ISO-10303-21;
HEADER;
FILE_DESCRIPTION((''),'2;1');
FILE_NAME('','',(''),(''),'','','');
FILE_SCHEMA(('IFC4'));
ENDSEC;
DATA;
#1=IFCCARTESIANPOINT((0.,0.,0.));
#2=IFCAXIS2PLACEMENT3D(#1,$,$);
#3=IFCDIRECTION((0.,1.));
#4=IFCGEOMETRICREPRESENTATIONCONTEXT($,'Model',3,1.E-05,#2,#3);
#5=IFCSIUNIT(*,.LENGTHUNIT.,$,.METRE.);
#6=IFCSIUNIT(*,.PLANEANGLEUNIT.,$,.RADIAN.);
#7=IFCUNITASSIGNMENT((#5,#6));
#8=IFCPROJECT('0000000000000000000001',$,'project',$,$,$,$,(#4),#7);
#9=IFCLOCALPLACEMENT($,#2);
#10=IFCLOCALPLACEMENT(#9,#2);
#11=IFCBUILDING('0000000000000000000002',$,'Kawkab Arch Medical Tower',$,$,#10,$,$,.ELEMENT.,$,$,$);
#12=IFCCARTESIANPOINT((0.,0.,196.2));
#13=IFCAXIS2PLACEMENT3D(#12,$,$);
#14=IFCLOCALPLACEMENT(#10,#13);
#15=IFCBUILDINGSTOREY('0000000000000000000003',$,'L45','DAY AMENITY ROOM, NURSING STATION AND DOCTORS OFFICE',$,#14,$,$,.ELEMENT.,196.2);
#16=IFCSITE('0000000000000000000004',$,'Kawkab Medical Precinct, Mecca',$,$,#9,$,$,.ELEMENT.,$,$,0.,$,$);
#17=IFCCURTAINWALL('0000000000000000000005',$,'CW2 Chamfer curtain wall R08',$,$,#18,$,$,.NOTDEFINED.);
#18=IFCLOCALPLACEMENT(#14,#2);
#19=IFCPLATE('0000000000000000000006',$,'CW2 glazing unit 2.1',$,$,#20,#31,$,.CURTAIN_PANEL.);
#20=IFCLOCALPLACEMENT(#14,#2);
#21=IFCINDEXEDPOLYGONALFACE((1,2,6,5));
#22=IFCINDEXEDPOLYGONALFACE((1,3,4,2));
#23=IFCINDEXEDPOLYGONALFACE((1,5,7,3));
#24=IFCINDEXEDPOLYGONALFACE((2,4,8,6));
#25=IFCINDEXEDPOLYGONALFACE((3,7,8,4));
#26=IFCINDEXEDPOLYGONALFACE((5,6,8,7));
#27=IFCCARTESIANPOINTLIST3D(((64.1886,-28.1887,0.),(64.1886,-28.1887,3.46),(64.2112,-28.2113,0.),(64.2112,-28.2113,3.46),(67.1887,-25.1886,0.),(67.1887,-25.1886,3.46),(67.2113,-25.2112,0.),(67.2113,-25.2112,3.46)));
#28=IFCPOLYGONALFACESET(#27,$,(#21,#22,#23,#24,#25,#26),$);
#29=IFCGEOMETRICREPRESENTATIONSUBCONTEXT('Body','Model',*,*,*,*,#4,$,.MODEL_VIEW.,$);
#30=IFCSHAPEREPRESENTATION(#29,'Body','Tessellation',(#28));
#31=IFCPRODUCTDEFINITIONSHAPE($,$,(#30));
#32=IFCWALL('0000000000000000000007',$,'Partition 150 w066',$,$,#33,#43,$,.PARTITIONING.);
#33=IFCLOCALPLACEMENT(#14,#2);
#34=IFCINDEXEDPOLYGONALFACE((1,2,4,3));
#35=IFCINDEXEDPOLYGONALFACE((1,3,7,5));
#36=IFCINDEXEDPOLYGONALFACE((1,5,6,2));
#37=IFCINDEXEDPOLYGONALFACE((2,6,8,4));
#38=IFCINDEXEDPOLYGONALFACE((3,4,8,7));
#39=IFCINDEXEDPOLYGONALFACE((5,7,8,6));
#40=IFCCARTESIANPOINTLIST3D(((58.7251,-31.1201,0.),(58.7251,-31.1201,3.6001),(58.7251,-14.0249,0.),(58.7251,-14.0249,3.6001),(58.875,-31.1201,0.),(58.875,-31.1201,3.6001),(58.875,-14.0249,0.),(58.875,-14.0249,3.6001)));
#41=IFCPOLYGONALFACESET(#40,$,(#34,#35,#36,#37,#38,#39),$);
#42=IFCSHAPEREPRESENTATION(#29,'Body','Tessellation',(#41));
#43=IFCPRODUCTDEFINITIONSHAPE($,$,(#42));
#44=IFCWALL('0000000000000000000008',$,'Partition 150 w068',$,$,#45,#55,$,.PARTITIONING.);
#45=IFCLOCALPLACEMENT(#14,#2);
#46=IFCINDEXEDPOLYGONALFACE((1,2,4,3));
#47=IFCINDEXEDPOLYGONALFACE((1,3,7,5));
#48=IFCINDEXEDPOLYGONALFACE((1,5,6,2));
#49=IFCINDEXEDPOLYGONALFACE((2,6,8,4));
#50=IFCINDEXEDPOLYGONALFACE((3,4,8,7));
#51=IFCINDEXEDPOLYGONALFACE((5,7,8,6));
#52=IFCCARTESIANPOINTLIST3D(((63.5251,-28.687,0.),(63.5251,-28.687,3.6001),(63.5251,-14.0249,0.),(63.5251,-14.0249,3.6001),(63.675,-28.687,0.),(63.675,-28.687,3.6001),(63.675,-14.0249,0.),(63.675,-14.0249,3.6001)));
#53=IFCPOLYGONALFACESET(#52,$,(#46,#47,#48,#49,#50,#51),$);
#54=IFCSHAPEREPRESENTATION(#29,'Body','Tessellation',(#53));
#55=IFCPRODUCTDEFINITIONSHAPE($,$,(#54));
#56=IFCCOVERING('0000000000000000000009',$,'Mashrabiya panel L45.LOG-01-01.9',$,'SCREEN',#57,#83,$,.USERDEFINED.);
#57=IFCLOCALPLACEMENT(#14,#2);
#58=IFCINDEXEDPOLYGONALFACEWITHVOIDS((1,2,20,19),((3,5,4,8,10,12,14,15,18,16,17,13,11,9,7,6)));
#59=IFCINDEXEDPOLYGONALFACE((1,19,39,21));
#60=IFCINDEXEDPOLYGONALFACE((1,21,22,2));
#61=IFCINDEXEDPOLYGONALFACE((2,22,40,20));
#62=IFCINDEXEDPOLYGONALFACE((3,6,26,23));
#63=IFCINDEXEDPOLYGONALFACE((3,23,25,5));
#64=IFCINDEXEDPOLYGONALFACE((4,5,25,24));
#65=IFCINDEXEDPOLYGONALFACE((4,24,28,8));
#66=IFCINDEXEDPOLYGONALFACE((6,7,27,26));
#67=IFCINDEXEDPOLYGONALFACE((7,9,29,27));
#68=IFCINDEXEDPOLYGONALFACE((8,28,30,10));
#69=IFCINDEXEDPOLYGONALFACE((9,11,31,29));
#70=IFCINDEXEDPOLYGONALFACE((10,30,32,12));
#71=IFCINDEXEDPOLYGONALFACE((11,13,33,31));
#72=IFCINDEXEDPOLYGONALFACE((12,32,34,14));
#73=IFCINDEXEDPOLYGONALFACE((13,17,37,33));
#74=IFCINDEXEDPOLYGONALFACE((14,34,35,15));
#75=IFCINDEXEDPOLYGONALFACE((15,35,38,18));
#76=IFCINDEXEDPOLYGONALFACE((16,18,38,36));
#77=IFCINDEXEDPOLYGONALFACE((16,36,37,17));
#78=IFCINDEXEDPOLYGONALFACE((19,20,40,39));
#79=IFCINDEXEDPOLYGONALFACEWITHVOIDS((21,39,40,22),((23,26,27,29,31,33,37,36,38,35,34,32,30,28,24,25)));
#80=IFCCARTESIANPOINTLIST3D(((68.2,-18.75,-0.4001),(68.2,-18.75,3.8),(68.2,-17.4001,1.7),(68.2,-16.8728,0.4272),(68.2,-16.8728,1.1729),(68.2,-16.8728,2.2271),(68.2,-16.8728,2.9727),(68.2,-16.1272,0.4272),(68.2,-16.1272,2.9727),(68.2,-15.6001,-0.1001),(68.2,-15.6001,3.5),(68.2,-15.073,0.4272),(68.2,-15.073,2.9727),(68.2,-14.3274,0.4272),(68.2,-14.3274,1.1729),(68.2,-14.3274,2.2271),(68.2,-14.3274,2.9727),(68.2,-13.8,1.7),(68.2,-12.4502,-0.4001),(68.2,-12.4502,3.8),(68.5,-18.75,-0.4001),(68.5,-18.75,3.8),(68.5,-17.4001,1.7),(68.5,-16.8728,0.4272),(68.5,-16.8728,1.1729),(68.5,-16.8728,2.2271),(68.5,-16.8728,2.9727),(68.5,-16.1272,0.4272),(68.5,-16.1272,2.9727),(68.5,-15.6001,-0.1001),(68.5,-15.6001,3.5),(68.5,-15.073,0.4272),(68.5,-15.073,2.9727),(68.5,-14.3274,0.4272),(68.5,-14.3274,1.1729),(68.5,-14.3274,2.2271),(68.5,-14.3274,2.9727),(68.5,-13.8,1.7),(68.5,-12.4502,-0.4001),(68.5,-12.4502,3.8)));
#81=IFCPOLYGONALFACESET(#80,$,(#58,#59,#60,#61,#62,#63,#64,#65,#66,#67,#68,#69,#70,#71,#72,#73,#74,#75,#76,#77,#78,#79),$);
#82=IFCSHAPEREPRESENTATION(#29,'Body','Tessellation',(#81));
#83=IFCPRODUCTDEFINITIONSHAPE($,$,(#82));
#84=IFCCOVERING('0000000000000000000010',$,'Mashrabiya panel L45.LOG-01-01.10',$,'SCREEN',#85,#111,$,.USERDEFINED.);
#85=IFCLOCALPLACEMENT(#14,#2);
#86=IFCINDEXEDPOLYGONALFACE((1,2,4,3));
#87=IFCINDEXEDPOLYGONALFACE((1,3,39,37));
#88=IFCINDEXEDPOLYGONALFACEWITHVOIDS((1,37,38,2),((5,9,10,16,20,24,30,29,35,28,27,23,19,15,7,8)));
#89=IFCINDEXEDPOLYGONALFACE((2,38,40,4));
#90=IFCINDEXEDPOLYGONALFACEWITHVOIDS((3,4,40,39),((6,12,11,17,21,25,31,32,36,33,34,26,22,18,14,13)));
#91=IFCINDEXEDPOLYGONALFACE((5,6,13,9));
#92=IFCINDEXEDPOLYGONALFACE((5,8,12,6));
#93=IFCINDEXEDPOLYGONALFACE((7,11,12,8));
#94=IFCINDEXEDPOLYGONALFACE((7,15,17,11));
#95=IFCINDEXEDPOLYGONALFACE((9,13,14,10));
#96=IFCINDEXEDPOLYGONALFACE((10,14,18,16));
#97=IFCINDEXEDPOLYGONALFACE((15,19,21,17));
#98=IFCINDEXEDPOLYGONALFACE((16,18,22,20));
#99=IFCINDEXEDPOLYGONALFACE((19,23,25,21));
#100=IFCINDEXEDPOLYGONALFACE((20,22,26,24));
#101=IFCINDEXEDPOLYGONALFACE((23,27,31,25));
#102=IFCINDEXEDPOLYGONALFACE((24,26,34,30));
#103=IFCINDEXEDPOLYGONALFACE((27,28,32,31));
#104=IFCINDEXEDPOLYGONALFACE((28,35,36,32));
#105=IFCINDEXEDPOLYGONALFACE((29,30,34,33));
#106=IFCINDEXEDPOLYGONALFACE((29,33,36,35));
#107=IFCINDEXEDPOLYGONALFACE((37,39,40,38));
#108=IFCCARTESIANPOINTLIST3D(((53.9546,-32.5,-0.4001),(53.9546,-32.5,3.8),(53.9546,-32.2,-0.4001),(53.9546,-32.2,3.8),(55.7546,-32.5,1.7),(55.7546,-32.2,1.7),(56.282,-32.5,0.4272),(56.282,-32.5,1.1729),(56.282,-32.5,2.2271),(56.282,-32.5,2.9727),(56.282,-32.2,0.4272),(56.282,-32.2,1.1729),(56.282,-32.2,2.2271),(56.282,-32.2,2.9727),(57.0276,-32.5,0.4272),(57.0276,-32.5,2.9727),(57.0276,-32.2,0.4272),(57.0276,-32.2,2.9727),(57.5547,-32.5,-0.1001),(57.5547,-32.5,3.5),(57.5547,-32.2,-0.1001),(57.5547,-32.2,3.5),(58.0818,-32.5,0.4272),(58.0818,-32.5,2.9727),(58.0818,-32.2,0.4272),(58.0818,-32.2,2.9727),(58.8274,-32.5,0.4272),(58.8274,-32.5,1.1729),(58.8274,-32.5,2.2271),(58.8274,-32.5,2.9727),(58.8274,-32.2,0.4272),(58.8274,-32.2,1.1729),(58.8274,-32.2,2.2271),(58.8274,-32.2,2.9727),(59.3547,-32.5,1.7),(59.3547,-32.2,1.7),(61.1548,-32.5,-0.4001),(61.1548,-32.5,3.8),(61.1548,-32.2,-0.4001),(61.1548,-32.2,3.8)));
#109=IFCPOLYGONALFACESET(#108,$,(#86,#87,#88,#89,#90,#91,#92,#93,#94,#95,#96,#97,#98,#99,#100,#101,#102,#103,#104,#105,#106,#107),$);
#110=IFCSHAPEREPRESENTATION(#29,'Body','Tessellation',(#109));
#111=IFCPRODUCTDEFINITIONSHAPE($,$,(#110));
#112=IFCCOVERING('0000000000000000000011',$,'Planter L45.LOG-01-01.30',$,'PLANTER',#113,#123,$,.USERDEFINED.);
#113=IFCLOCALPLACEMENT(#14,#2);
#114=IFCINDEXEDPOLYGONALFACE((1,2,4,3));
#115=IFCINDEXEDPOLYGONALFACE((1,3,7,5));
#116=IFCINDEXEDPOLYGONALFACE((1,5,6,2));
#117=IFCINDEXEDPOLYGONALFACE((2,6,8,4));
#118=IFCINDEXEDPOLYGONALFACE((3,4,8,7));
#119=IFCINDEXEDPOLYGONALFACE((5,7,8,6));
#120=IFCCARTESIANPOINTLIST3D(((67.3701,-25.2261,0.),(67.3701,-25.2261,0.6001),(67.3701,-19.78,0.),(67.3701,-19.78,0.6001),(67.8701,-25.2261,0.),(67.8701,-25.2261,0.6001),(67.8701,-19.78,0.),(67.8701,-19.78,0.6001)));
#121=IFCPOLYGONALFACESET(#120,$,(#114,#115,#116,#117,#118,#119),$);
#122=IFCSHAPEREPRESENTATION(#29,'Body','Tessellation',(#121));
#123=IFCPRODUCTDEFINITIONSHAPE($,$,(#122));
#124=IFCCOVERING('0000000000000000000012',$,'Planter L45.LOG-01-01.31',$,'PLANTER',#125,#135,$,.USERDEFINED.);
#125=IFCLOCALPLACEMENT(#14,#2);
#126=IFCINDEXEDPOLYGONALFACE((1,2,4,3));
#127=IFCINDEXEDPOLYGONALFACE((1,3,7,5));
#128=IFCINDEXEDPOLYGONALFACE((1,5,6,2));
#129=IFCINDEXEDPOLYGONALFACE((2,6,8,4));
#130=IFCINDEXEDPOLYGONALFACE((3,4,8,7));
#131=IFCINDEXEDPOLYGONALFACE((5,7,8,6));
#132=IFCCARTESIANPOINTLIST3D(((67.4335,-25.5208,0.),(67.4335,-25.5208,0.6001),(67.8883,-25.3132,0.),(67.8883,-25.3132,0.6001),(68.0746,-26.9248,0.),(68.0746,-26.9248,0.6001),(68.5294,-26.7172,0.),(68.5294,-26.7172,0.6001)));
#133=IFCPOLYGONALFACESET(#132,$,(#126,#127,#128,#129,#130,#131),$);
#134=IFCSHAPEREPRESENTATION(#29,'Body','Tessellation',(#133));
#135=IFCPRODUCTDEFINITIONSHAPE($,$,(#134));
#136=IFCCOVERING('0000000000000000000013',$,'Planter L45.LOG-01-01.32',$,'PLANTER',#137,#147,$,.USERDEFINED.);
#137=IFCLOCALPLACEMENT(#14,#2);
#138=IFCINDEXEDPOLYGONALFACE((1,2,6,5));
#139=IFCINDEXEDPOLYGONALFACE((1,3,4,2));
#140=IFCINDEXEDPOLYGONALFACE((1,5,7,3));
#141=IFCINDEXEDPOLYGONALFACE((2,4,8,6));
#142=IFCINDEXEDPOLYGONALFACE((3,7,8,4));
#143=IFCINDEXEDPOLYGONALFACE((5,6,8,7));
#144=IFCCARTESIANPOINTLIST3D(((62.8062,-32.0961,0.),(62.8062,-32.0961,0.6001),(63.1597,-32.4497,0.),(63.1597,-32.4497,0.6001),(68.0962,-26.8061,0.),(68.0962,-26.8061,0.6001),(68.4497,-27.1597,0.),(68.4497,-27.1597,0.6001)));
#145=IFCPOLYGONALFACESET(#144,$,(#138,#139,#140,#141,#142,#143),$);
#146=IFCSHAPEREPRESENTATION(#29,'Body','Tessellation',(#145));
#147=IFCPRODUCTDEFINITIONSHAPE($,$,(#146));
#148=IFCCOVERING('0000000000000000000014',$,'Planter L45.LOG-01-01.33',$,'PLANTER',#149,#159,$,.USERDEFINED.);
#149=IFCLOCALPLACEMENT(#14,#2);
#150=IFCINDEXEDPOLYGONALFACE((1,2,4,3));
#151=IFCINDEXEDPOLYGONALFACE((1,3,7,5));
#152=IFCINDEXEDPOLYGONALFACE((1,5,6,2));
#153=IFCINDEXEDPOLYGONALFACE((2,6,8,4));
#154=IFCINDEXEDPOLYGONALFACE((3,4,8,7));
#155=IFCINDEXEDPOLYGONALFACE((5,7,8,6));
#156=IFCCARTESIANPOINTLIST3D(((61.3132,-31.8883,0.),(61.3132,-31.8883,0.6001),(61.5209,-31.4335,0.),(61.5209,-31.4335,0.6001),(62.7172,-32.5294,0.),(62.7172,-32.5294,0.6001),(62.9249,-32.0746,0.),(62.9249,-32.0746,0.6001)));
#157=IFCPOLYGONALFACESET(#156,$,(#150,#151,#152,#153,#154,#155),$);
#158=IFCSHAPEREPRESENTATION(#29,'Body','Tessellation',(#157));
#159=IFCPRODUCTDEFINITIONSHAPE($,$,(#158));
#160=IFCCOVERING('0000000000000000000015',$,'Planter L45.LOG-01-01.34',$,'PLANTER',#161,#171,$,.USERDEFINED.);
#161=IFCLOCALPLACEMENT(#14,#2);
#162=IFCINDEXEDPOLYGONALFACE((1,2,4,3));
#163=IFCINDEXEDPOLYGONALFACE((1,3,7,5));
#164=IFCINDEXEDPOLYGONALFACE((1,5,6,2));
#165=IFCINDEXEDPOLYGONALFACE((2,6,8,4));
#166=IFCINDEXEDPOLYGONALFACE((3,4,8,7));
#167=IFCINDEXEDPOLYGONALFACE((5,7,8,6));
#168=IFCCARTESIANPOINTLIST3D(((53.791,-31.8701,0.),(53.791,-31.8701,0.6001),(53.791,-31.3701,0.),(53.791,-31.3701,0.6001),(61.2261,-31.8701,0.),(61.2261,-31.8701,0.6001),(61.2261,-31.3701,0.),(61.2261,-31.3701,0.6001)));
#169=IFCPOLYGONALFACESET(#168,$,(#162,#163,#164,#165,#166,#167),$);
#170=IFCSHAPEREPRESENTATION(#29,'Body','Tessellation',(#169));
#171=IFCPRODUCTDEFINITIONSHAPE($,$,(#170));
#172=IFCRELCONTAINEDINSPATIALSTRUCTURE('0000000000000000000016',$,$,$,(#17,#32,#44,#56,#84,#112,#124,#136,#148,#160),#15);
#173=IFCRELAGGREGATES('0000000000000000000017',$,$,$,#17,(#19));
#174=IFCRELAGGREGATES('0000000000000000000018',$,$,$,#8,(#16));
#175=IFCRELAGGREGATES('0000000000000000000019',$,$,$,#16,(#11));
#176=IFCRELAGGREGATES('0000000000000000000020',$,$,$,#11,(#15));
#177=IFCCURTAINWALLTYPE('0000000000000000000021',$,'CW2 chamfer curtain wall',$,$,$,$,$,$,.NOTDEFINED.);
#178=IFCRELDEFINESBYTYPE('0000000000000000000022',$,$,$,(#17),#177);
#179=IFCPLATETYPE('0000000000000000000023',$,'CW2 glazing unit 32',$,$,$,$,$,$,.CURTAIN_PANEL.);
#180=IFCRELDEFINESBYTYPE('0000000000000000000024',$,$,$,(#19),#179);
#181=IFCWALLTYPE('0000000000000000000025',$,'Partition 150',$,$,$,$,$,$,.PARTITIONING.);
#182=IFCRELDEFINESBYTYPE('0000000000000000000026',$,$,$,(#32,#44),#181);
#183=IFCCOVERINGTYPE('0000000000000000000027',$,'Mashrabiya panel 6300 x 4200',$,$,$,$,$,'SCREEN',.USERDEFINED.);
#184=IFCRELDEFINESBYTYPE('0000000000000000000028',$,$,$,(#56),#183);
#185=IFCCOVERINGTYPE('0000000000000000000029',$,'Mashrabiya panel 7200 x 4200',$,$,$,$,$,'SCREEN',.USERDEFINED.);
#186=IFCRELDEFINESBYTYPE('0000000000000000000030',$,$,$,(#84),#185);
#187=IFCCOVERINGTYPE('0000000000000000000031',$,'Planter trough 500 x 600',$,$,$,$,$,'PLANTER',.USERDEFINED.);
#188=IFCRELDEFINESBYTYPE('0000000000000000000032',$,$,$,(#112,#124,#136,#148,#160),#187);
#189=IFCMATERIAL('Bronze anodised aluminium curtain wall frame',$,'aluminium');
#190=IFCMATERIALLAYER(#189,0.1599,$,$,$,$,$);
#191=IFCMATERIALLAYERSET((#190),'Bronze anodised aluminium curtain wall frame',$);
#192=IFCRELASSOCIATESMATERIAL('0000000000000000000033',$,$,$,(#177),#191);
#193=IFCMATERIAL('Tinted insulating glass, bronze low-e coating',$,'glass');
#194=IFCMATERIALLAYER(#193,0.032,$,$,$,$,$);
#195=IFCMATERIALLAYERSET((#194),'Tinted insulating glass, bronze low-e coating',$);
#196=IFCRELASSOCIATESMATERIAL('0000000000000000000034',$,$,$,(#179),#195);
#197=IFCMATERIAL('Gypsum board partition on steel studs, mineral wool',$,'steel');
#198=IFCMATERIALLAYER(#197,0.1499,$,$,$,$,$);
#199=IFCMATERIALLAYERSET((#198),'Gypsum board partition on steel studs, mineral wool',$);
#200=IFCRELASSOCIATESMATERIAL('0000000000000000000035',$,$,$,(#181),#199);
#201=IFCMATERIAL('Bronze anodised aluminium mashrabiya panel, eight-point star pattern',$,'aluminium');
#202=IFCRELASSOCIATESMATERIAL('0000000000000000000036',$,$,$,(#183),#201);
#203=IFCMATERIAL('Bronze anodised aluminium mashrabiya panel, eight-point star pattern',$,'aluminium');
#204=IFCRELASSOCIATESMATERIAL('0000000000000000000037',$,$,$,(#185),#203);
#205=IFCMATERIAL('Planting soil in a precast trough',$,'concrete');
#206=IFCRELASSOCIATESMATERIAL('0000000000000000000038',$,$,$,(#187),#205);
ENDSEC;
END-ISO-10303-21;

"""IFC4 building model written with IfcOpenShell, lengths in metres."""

from ifc_helpers import new_model, si_unit, direction, frame, frame_2d, origin, origin_2d, place, context, subcontext, project, spatial, polyline, rectangle, outline, extrude, material, layer, layer_set, material_profile, profile_set, type_object, element, aggregate, save


model = new_model("IFC4")

# Units and contexts
model_context = context("Model", 3, precision=1e-05, world=origin(), true_north=direction((0.0, 1.0)))
body_context = subcontext(model_context, "Body", "Model", "MODEL_VIEW")
ifc_project = project(units=[si_unit("LENGTHUNIT", "METRE"), si_unit("PLANEANGLEUNIT", "RADIAN")], contexts=[model_context])

# Site, building, storey
site_placement = place(None, origin())
site = spatial("IfcSite", under=ifc_project, at=site_placement, Name="Kawkab Medical Precinct, Mecca", CompositionType="ELEMENT", RefElevation=0.0)
building_placement = place(site_placement, origin())
building = spatial("IfcBuilding", under=site, at=building_placement, Name="Kawkab Arch Medical Tower", CompositionType="ELEMENT")
storey_placement = place(building_placement, frame((0.0, 0.0, 196.2)))
storey = spatial("IfcBuildingStorey", under=building, at=storey_placement, Name="L45", Description="DAY AMENITY ROOM, NURSING STATION AND DOCTORS OFFICE", CompositionType="ELEMENT", Elevation=196.2)

# Shared definitions
placement = place(storey_placement, origin())

# Curtain wall
ifc_material_1 = material(Name="Bronze anodised aluminium curtain wall frame", Category="aluminium")
ifc_layer_1 = layer(ifc_material_1, 0.1599)
ifc_layer_set_1 = layer_set([ifc_layer_1], Name="Bronze anodised aluminium curtain wall frame")
curtain_wall_type_1 = type_object("IfcCurtainWallType", Name="CW2 chamfer curtain wall", PredefinedType="NOTDEFINED", material=ifc_layer_set_1)
curtain_wall_1 = element("IfcCurtainWall", 1, at=placement, inside=storey, type_object=curtain_wall_type_1, Name="CW2 Chamfer curtain wall R08", PredefinedType="NOTDEFINED")

# Plate
ifc_material_2 = material(Name="Tinted insulating glass, bronze low-e coating", Category="glass")
ifc_layer_2 = layer(ifc_material_2, 0.032)
ifc_layer_set_2 = layer_set([ifc_layer_2], Name="Tinted insulating glass, bronze low-e coating")
plate_type_1 = type_object("IfcPlateType", Name="CW2 glazing unit 32", PredefinedType="CURTAIN_PANEL", material=ifc_layer_set_2)
plate_1_placement = place(storey_placement, frame((65.7, -26.7, 0.0), z_axis=(0.0, 0.0, 1.0), x_axis=(0.707107, 0.707107, 0.0)))
plate_1 = element("IfcPlate", 2, at=plate_1_placement, type_object=plate_type_1, Name="CW2 glazing unit 2.1", PredefinedType="CURTAIN_PANEL", context=body_context, shape_type="SweptSolid", body=[
    extrude(rectangle(XDim=4.2427, YDim=0.032, at=origin_2d()), origin(), (0.0, 0.0, 1.0), 3.46),
])
aggregate(curtain_wall_1, [plate_1])

# Walls
ifc_material_3 = material(Name="Gypsum board partition on steel studs, mineral wool", Category="steel")
ifc_layer_3 = layer(ifc_material_3, 0.1499)
ifc_layer_set_3 = layer_set([ifc_layer_3], Name="Gypsum board partition on steel studs, mineral wool")
wall_type = type_object("IfcWallType", Name="Partition 150", PredefinedType="PARTITIONING", material=ifc_layer_set_3)
wall_1_placement = place(storey_placement, frame((58.8, -31.1201, 0.0), z_axis=(0.0, 0.0, 1.0), x_axis=(0.0, 1.0, 0.0)))
element("IfcWall", 3, at=wall_1_placement, inside=storey, type_object=wall_type, Name="Partition 150 w066", PredefinedType="PARTITIONING", context=body_context, shape_type="SweptSolid", body=[
    extrude(rectangle(XDim=17.0952, YDim=0.1499, at=frame_2d((8.5476, 0.0))), origin(), (0.0, 0.0, 1.0), 3.6001),
])
wall_2_placement = place(storey_placement, frame((63.6001, -28.687, 0.0), z_axis=(0.0, 0.0, 1.0), x_axis=(0.0, 1.0, 0.0)))
element("IfcWall", 4, at=wall_2_placement, inside=storey, type_object=wall_type, Name="Partition 150 w068", PredefinedType="PARTITIONING", context=body_context, shape_type="SweptSolid", body=[
    extrude(rectangle(XDim=14.6621, YDim=0.1499, at=frame_2d((7.3311, 0.0))), origin(), (0.0, 0.0, 1.0), 3.6001),
])

# Coverings
ifc_material_4 = material(Name="Bronze anodised aluminium mashrabiya panel, eight-point star pattern", Category="aluminium")
ifc_material_profile_1 = material_profile(ifc_material_4, outline(polyline([(-3.1499, -2.1001), (3.1499, -2.1001), (3.1499, 2.1001), (-3.1499, 2.1001), (-3.1499, -2.1001)]), holes=[polyline([(1.8, 0.0), (1.2727, 0.5271), (1.2727, 1.2727), (0.5271, 1.2727), (0.0, 1.8), (-0.5271, 1.2727), (-1.2727, 1.2727), (-1.2727, 0.5271), (-1.8, 0.0), (-1.2727, -0.5271), (-1.2727, -1.2727), (-0.5271, -1.2727), (0.0, -1.8), (0.5271, -1.2727), (1.2727, -1.2727), (1.2727, -0.5271), (1.8, 0.0)])]), Name="Mashrabiya panel 6300x4200")
ifc_profile_set_1 = profile_set([ifc_material_profile_1], Name="Bronze anodised aluminium mashrabiya panel, eight-point star pattern")
covering_type_1 = type_object("IfcCoveringType", Name="Mashrabiya panel 6300 x 4200", ElementType="SCREEN", PredefinedType="USERDEFINED", material=ifc_profile_set_1)
covering_1_placement = place(storey_placement, frame((68.2, -15.6001, 1.7), z_axis=(1.0, 0.0, 0.0), x_axis=(0.0, 1.0, 0.0)))
element("IfcCovering", 5, at=covering_1_placement, inside=storey, type_object=covering_type_1, Name="Mashrabiya panel L45.LOG-01-01.9", ObjectType="SCREEN", PredefinedType="USERDEFINED", context=body_context, shape_type="SweptSolid", body=[
    extrude(outline(polyline([(-3.1499, -2.1001), (3.1499, -2.1001), (3.1499, 2.1001), (-3.1499, 2.1001), (-3.1499, -2.1001)]), holes=[polyline([(1.8, 0.0), (1.2727, 0.5271), (1.2727, 1.2727), (0.5271, 1.2727), (0.0, 1.8), (-0.5271, 1.2727), (-1.2727, 1.2727), (-1.2727, 0.5271), (-1.8, 0.0), (-1.2727, -0.5271), (-1.2727, -1.2727), (-0.5271, -1.2727), (0.0, -1.8), (0.5271, -1.2727), (1.2727, -1.2727), (1.2727, -0.5271), (1.8, 0.0)])]), origin(), (0.0, 0.0, 1.0), 0.3),
])
ifc_material_5 = material(Name="Bronze anodised aluminium mashrabiya panel, eight-point star pattern", Category="aluminium")
ifc_material_profile_2 = material_profile(ifc_material_5, outline(polyline([(-3.6001, -2.1001), (3.6001, -2.1001), (3.6001, 2.1001), (-3.6001, 2.1001), (-3.6001, -2.1001)]), holes=[polyline([(1.8, 0.0), (1.2727, 0.5271), (1.2727, 1.2727), (0.5271, 1.2727), (0.0, 1.8), (-0.5271, 1.2727), (-1.2727, 1.2727), (-1.2727, 0.5271), (-1.8, 0.0), (-1.2727, -0.5271), (-1.2727, -1.2727), (-0.5271, -1.2727), (0.0, -1.8), (0.5271, -1.2727), (1.2727, -1.2727), (1.2727, -0.5271), (1.8, 0.0)])]), Name="Mashrabiya panel 7200x4200")
ifc_profile_set_2 = profile_set([ifc_material_profile_2], Name="Bronze anodised aluminium mashrabiya panel, eight-point star pattern")
covering_type_2 = type_object("IfcCoveringType", Name="Mashrabiya panel 7200 x 4200", ElementType="SCREEN", PredefinedType="USERDEFINED", material=ifc_profile_set_2)
covering_2_placement = place(storey_placement, frame((57.5547, -32.2, 1.7), z_axis=(0.0, -1.0, 0.0), x_axis=(1.0, 0.0, 0.0)))
element("IfcCovering", 6, at=covering_2_placement, inside=storey, type_object=covering_type_2, Name="Mashrabiya panel L45.LOG-01-01.10", ObjectType="SCREEN", PredefinedType="USERDEFINED", context=body_context, shape_type="SweptSolid", body=[
    extrude(outline(polyline([(-3.6001, -2.1001), (3.6001, -2.1001), (3.6001, 2.1001), (-3.6001, 2.1001), (-3.6001, -2.1001)]), holes=[polyline([(1.8, 0.0), (1.2727, 0.5271), (1.2727, 1.2727), (0.5271, 1.2727), (0.0, 1.8), (-0.5271, 1.2727), (-1.2727, 1.2727), (-1.2727, 0.5271), (-1.8, 0.0), (-1.2727, -0.5271), (-1.2727, -1.2727), (-0.5271, -1.2727), (0.0, -1.8), (0.5271, -1.2727), (1.2727, -1.2727), (1.2727, -0.5271), (1.8, 0.0)])]), origin(), (0.0, 0.0, 1.0), 0.3),
])
ifc_material_6 = material(Name="Planting soil in a precast trough", Category="concrete")
ifc_material_profile_3 = material_profile(ifc_material_6, rectangle(XDim=0.5, YDim=0.6001, at=origin_2d()), Name="Trough 500x600")
ifc_profile_set_3 = profile_set([ifc_material_profile_3], Name="Planting soil in a precast trough")
covering_type_3 = type_object("IfcCoveringType", Name="Planter trough 500 x 600", ElementType="PLANTER", PredefinedType="USERDEFINED", material=ifc_profile_set_3)
covering_3_placement = place(storey_placement, frame((67.6201, -19.78, 0.3), z_axis=(0.0, -1.0, 0.0), x_axis=(1.0, 0.0, 0.0)))
element("IfcCovering", 7, at=covering_3_placement, inside=storey, type_object=covering_type_3, Name="Planter L45.LOG-01-01.30", ObjectType="PLANTER", PredefinedType="USERDEFINED", context=body_context, shape_type="SweptSolid", body=[
    extrude(rectangle(XDim=0.5, YDim=0.6001, at=origin_2d()), origin(), (0.0, 0.0, 1.0), 5.446),
])
covering_4_placement = place(storey_placement, frame((67.6609, -25.417, 0.3), z_axis=(0.415363, -0.909656, 0.0), x_axis=(0.909656, 0.415363, 0.0)))
element("IfcCovering", 8, at=covering_4_placement, inside=storey, type_object=covering_type_3, Name="Planter L45.LOG-01-01.31", ObjectType="PLANTER", PredefinedType="USERDEFINED", context=body_context, shape_type="SweptSolid", body=[
    extrude(rectangle(XDim=0.5, YDim=0.6001, at=origin_2d()), origin(), (0.0, 0.0, 1.0), 1.5435),
])
covering_5_placement = place(storey_placement, frame((68.2729, -26.9829, 0.3), z_axis=(-0.707107, -0.707107, 0.0), x_axis=(0.707107, -0.707107, 0.0)))
element("IfcCovering", 9, at=covering_5_placement, inside=storey, type_object=covering_type_3, Name="Planter L45.LOG-01-01.32", ObjectType="PLANTER", PredefinedType="USERDEFINED", context=body_context, shape_type="SweptSolid", body=[
    extrude(rectangle(XDim=0.5, YDim=0.6001, at=origin_2d()), origin(), (0.0, 0.0, 1.0), 7.4812),
])
covering_6_placement = place(storey_placement, frame((62.821, -32.302, 0.3), z_axis=(-0.909656, 0.415363, 0.0), x_axis=(-0.415363, -0.909656, 0.0)))
element("IfcCovering", 10, at=covering_6_placement, inside=storey, type_object=covering_type_3, Name="Planter L45.LOG-01-01.33", ObjectType="PLANTER", PredefinedType="USERDEFINED", context=body_context, shape_type="SweptSolid", body=[
    extrude(rectangle(XDim=0.5, YDim=0.6001, at=origin_2d()), origin(), (0.0, 0.0, 1.0), 1.5435),
])
covering_7_placement = place(storey_placement, frame((61.2261, -31.6201, 0.3), z_axis=(-1.0, 0.0, 0.0), x_axis=(0.0, -1.0, 0.0)))
element("IfcCovering", 11, at=covering_7_placement, inside=storey, type_object=covering_type_3, Name="Planter L45.LOG-01-01.34", ObjectType="PLANTER", PredefinedType="USERDEFINED", context=body_context, shape_type="SweptSolid", body=[
    extrude(rectangle(XDim=0.5, YDim=0.6001, at=origin_2d()), origin(), (0.0, 0.0, 1.0), 7.4351),
])

save(model, "model.ifc")
